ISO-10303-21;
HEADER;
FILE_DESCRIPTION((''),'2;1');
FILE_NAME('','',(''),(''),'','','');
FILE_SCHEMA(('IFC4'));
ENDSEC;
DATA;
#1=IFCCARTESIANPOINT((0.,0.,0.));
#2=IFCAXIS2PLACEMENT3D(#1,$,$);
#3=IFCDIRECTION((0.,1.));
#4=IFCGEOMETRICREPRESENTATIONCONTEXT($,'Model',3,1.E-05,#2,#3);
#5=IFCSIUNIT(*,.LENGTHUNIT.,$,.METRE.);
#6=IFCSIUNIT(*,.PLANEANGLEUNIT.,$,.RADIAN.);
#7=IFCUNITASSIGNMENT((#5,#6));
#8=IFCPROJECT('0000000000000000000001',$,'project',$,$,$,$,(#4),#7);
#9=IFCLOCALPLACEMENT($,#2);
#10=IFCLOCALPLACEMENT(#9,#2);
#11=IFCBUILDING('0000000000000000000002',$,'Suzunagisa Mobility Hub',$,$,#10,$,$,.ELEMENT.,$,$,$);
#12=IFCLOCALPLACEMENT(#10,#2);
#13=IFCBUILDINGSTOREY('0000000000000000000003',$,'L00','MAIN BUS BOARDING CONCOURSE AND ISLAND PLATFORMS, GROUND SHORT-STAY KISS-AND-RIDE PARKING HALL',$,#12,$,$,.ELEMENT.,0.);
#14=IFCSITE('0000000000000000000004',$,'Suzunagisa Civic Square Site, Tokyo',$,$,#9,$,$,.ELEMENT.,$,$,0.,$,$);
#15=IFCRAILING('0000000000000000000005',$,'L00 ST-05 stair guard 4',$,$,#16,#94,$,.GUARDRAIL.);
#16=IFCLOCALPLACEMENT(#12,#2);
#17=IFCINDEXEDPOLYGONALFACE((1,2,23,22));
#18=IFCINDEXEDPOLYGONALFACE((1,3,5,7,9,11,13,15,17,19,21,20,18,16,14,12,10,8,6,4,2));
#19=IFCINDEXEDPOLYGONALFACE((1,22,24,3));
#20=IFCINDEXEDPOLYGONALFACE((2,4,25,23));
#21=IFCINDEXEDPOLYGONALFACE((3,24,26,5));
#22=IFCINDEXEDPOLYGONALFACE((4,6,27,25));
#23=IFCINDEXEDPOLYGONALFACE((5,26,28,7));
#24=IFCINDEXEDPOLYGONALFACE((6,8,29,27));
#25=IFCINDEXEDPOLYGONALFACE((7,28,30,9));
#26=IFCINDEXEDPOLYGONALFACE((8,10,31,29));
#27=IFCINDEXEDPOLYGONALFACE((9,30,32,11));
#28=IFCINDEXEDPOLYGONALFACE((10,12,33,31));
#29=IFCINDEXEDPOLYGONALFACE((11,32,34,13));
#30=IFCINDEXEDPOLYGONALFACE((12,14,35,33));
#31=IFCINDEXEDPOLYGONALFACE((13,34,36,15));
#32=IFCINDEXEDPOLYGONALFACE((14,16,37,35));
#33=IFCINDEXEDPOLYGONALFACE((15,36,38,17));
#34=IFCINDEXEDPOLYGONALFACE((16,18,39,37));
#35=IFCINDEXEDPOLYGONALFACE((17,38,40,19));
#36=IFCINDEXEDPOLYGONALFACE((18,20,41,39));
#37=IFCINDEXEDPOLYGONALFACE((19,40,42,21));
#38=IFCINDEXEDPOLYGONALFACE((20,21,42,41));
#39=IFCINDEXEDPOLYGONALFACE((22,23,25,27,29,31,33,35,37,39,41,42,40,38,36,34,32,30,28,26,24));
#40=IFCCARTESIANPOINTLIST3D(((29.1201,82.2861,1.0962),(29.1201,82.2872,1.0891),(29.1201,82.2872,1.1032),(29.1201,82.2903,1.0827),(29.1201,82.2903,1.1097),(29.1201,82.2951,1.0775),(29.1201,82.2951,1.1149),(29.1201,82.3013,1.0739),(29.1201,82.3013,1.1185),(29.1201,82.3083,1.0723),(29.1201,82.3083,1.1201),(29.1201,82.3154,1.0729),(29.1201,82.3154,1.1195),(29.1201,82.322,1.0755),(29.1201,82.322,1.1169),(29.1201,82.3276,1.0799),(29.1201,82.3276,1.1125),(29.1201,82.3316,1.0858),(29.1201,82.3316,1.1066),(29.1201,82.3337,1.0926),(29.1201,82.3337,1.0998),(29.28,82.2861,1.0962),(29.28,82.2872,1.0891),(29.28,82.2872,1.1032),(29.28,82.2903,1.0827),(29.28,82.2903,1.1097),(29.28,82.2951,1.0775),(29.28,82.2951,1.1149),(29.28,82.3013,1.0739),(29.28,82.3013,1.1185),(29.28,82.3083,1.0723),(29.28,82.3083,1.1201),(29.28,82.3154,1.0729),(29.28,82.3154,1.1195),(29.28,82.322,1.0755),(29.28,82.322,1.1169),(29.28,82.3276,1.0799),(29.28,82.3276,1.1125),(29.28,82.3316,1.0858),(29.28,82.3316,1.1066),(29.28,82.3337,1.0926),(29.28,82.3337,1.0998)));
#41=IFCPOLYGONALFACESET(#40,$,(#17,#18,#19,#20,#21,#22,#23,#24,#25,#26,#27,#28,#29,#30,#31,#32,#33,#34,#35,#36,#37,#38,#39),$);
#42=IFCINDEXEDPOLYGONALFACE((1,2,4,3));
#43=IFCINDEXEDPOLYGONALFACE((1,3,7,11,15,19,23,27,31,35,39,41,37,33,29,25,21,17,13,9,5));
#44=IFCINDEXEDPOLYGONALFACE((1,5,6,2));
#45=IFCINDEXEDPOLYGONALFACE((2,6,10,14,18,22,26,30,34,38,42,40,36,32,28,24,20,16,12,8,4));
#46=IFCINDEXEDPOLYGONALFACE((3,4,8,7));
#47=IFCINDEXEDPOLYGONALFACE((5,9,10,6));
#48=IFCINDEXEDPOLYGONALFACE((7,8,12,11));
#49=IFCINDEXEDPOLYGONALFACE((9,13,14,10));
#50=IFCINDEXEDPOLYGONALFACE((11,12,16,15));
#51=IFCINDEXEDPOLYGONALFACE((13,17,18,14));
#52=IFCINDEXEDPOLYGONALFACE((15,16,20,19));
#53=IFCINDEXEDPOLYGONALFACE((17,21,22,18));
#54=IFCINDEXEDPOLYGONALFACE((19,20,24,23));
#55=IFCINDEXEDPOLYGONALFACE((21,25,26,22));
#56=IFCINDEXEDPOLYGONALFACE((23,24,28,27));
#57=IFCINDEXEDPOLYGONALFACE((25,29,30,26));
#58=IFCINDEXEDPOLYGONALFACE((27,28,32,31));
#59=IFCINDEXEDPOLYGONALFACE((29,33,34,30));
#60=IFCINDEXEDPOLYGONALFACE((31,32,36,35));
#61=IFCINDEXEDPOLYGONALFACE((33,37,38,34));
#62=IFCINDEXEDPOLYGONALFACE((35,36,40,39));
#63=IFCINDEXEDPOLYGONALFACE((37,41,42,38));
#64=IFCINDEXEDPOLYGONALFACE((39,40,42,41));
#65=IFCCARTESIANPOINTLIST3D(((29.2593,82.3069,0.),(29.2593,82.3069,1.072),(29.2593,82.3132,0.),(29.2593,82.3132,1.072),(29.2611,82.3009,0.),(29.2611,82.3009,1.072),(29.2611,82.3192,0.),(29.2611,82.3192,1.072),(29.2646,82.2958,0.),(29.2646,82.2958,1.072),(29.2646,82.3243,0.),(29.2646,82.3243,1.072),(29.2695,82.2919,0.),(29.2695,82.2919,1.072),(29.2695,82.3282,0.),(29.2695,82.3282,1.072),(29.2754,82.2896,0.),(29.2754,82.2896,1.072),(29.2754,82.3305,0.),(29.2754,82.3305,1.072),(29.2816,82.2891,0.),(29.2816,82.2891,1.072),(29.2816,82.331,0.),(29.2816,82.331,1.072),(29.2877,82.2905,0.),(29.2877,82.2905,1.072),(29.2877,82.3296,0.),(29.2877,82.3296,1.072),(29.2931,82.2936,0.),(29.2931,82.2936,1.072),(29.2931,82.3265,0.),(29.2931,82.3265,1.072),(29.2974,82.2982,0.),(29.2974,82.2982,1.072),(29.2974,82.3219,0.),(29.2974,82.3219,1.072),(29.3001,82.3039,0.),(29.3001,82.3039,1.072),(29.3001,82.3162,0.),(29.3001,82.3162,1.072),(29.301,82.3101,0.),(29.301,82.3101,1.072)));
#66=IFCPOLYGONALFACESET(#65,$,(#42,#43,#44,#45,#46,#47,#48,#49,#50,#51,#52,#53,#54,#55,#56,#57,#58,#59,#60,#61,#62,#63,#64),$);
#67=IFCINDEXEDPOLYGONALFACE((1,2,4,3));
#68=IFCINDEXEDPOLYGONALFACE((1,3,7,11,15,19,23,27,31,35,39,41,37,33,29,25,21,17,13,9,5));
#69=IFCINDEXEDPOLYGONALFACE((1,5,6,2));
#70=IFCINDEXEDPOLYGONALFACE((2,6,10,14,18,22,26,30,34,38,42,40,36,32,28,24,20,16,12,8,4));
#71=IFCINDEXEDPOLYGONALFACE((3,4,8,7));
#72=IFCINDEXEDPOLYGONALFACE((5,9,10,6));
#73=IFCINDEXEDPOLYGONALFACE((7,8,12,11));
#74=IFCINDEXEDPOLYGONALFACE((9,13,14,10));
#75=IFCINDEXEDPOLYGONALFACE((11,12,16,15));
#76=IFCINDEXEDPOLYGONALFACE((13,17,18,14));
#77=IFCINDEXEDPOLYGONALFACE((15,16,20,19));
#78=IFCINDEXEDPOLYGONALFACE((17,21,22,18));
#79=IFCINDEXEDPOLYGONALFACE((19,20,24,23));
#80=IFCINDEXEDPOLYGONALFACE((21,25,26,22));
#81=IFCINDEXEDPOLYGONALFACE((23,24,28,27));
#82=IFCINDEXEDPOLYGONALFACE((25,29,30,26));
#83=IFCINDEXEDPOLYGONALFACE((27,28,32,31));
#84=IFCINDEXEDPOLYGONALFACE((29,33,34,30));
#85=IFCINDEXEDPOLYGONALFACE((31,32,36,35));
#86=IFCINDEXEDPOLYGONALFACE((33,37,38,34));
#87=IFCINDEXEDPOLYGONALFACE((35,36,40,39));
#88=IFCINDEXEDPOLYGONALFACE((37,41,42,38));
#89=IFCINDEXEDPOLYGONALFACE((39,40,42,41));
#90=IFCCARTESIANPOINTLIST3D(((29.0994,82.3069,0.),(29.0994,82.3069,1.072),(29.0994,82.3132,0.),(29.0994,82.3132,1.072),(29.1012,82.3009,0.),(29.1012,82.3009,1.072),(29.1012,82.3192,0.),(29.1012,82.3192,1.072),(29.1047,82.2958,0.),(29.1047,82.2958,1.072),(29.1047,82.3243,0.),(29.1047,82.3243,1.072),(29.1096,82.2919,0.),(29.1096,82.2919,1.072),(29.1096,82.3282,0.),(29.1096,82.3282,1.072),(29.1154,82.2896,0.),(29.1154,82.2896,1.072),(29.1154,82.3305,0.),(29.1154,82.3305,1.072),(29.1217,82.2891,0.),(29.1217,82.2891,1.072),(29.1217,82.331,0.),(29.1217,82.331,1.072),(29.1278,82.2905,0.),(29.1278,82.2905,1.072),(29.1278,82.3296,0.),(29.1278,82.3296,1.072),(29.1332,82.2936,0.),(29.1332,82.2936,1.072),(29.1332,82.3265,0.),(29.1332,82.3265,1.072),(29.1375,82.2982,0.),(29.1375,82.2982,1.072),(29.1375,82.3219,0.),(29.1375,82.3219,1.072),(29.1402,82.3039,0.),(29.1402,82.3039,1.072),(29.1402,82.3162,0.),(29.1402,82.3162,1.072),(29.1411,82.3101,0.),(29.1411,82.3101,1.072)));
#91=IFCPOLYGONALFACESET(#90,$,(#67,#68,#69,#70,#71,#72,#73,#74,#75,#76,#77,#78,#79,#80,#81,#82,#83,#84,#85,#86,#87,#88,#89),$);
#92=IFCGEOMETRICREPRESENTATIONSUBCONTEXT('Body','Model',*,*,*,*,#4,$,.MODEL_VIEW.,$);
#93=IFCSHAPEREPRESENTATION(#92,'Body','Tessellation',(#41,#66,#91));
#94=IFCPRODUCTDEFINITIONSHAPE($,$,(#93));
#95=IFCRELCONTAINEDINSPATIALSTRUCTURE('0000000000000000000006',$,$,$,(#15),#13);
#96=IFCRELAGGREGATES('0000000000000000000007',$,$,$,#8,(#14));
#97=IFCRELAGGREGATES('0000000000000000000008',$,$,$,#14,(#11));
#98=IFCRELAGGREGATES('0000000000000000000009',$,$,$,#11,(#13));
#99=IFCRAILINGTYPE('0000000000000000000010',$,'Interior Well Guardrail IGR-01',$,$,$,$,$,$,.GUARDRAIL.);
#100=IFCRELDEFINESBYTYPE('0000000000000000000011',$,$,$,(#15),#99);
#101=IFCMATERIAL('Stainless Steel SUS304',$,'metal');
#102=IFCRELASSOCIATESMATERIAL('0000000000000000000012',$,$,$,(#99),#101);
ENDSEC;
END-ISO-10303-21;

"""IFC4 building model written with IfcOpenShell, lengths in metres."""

from ifc_helpers import new_model, si_unit, direction, frame, origin, origin_2d, place, context, subcontext, project, spatial, circle, extrude, material, type_object, element, save


model = new_model("IFC4")

# Units and contexts
model_context = context("Model", 3, precision=1e-05, world=origin(), true_north=direction((0.0, 1.0)))
body_context = subcontext(model_context, "Body", "Model", "MODEL_VIEW")
ifc_project = project(units=[si_unit("LENGTHUNIT", "METRE"), si_unit("PLANEANGLEUNIT", "RADIAN")], contexts=[model_context])

# Site, building, storey
site_placement = place(None, origin())
site = spatial("IfcSite", under=ifc_project, at=site_placement, Name="Suzunagisa Civic Square Site, Tokyo", CompositionType="ELEMENT", RefElevation=0.0)
building_placement = place(site_placement, origin())
building = spatial("IfcBuilding", under=site, at=building_placement, Name="Suzunagisa Mobility Hub", CompositionType="ELEMENT")
storey_placement = place(building_placement, origin())
storey = spatial("IfcBuildingStorey", under=building, at=storey_placement, Name="L00", Description="MAIN BUS BOARDING CONCOURSE AND ISLAND PLATFORMS, GROUND SHORT-STAY KISS-AND-RIDE PARKING HALL", CompositionType="ELEMENT", Elevation=0.0)

# Railing
ifc_material_1 = material(Name="Stainless Steel SUS304", Category="metal")
railing_type_1 = type_object("IfcRailingType", Name="Interior Well Guardrail IGR-01", PredefinedType="GUARDRAIL", material=ifc_material_1)
railing_1_placement = place(storey_placement, frame((29.28, 82.3101, 0.0)))
element("IfcRailing", 1, at=railing_1_placement, inside=storey, type_object=railing_type_1, Name="L00 ST-05 stair guard 4", PredefinedType="GUARDRAIL", context=body_context, shape_type="SweptSolid", body=[
    extrude(circle(Radius=0.0239, at=origin_2d()), frame((0.0, 0.0, 1.0962), z_axis=(-1.0, 0.0, 0.0), x_axis=(0.0, -1.0, 0.0)), (0.0, 0.0, 1.0), 0.1599),
    extrude(circle(Radius=0.021, at=origin_2d()), origin(), (0.0, 0.0, 1.0), 1.072),
    extrude(circle(Radius=0.021, at=origin_2d()), frame((-0.1599, 0.0, 0.0)), (0.0, 0.0, 1.0), 1.072),
])

save(model, "model.ifc")
